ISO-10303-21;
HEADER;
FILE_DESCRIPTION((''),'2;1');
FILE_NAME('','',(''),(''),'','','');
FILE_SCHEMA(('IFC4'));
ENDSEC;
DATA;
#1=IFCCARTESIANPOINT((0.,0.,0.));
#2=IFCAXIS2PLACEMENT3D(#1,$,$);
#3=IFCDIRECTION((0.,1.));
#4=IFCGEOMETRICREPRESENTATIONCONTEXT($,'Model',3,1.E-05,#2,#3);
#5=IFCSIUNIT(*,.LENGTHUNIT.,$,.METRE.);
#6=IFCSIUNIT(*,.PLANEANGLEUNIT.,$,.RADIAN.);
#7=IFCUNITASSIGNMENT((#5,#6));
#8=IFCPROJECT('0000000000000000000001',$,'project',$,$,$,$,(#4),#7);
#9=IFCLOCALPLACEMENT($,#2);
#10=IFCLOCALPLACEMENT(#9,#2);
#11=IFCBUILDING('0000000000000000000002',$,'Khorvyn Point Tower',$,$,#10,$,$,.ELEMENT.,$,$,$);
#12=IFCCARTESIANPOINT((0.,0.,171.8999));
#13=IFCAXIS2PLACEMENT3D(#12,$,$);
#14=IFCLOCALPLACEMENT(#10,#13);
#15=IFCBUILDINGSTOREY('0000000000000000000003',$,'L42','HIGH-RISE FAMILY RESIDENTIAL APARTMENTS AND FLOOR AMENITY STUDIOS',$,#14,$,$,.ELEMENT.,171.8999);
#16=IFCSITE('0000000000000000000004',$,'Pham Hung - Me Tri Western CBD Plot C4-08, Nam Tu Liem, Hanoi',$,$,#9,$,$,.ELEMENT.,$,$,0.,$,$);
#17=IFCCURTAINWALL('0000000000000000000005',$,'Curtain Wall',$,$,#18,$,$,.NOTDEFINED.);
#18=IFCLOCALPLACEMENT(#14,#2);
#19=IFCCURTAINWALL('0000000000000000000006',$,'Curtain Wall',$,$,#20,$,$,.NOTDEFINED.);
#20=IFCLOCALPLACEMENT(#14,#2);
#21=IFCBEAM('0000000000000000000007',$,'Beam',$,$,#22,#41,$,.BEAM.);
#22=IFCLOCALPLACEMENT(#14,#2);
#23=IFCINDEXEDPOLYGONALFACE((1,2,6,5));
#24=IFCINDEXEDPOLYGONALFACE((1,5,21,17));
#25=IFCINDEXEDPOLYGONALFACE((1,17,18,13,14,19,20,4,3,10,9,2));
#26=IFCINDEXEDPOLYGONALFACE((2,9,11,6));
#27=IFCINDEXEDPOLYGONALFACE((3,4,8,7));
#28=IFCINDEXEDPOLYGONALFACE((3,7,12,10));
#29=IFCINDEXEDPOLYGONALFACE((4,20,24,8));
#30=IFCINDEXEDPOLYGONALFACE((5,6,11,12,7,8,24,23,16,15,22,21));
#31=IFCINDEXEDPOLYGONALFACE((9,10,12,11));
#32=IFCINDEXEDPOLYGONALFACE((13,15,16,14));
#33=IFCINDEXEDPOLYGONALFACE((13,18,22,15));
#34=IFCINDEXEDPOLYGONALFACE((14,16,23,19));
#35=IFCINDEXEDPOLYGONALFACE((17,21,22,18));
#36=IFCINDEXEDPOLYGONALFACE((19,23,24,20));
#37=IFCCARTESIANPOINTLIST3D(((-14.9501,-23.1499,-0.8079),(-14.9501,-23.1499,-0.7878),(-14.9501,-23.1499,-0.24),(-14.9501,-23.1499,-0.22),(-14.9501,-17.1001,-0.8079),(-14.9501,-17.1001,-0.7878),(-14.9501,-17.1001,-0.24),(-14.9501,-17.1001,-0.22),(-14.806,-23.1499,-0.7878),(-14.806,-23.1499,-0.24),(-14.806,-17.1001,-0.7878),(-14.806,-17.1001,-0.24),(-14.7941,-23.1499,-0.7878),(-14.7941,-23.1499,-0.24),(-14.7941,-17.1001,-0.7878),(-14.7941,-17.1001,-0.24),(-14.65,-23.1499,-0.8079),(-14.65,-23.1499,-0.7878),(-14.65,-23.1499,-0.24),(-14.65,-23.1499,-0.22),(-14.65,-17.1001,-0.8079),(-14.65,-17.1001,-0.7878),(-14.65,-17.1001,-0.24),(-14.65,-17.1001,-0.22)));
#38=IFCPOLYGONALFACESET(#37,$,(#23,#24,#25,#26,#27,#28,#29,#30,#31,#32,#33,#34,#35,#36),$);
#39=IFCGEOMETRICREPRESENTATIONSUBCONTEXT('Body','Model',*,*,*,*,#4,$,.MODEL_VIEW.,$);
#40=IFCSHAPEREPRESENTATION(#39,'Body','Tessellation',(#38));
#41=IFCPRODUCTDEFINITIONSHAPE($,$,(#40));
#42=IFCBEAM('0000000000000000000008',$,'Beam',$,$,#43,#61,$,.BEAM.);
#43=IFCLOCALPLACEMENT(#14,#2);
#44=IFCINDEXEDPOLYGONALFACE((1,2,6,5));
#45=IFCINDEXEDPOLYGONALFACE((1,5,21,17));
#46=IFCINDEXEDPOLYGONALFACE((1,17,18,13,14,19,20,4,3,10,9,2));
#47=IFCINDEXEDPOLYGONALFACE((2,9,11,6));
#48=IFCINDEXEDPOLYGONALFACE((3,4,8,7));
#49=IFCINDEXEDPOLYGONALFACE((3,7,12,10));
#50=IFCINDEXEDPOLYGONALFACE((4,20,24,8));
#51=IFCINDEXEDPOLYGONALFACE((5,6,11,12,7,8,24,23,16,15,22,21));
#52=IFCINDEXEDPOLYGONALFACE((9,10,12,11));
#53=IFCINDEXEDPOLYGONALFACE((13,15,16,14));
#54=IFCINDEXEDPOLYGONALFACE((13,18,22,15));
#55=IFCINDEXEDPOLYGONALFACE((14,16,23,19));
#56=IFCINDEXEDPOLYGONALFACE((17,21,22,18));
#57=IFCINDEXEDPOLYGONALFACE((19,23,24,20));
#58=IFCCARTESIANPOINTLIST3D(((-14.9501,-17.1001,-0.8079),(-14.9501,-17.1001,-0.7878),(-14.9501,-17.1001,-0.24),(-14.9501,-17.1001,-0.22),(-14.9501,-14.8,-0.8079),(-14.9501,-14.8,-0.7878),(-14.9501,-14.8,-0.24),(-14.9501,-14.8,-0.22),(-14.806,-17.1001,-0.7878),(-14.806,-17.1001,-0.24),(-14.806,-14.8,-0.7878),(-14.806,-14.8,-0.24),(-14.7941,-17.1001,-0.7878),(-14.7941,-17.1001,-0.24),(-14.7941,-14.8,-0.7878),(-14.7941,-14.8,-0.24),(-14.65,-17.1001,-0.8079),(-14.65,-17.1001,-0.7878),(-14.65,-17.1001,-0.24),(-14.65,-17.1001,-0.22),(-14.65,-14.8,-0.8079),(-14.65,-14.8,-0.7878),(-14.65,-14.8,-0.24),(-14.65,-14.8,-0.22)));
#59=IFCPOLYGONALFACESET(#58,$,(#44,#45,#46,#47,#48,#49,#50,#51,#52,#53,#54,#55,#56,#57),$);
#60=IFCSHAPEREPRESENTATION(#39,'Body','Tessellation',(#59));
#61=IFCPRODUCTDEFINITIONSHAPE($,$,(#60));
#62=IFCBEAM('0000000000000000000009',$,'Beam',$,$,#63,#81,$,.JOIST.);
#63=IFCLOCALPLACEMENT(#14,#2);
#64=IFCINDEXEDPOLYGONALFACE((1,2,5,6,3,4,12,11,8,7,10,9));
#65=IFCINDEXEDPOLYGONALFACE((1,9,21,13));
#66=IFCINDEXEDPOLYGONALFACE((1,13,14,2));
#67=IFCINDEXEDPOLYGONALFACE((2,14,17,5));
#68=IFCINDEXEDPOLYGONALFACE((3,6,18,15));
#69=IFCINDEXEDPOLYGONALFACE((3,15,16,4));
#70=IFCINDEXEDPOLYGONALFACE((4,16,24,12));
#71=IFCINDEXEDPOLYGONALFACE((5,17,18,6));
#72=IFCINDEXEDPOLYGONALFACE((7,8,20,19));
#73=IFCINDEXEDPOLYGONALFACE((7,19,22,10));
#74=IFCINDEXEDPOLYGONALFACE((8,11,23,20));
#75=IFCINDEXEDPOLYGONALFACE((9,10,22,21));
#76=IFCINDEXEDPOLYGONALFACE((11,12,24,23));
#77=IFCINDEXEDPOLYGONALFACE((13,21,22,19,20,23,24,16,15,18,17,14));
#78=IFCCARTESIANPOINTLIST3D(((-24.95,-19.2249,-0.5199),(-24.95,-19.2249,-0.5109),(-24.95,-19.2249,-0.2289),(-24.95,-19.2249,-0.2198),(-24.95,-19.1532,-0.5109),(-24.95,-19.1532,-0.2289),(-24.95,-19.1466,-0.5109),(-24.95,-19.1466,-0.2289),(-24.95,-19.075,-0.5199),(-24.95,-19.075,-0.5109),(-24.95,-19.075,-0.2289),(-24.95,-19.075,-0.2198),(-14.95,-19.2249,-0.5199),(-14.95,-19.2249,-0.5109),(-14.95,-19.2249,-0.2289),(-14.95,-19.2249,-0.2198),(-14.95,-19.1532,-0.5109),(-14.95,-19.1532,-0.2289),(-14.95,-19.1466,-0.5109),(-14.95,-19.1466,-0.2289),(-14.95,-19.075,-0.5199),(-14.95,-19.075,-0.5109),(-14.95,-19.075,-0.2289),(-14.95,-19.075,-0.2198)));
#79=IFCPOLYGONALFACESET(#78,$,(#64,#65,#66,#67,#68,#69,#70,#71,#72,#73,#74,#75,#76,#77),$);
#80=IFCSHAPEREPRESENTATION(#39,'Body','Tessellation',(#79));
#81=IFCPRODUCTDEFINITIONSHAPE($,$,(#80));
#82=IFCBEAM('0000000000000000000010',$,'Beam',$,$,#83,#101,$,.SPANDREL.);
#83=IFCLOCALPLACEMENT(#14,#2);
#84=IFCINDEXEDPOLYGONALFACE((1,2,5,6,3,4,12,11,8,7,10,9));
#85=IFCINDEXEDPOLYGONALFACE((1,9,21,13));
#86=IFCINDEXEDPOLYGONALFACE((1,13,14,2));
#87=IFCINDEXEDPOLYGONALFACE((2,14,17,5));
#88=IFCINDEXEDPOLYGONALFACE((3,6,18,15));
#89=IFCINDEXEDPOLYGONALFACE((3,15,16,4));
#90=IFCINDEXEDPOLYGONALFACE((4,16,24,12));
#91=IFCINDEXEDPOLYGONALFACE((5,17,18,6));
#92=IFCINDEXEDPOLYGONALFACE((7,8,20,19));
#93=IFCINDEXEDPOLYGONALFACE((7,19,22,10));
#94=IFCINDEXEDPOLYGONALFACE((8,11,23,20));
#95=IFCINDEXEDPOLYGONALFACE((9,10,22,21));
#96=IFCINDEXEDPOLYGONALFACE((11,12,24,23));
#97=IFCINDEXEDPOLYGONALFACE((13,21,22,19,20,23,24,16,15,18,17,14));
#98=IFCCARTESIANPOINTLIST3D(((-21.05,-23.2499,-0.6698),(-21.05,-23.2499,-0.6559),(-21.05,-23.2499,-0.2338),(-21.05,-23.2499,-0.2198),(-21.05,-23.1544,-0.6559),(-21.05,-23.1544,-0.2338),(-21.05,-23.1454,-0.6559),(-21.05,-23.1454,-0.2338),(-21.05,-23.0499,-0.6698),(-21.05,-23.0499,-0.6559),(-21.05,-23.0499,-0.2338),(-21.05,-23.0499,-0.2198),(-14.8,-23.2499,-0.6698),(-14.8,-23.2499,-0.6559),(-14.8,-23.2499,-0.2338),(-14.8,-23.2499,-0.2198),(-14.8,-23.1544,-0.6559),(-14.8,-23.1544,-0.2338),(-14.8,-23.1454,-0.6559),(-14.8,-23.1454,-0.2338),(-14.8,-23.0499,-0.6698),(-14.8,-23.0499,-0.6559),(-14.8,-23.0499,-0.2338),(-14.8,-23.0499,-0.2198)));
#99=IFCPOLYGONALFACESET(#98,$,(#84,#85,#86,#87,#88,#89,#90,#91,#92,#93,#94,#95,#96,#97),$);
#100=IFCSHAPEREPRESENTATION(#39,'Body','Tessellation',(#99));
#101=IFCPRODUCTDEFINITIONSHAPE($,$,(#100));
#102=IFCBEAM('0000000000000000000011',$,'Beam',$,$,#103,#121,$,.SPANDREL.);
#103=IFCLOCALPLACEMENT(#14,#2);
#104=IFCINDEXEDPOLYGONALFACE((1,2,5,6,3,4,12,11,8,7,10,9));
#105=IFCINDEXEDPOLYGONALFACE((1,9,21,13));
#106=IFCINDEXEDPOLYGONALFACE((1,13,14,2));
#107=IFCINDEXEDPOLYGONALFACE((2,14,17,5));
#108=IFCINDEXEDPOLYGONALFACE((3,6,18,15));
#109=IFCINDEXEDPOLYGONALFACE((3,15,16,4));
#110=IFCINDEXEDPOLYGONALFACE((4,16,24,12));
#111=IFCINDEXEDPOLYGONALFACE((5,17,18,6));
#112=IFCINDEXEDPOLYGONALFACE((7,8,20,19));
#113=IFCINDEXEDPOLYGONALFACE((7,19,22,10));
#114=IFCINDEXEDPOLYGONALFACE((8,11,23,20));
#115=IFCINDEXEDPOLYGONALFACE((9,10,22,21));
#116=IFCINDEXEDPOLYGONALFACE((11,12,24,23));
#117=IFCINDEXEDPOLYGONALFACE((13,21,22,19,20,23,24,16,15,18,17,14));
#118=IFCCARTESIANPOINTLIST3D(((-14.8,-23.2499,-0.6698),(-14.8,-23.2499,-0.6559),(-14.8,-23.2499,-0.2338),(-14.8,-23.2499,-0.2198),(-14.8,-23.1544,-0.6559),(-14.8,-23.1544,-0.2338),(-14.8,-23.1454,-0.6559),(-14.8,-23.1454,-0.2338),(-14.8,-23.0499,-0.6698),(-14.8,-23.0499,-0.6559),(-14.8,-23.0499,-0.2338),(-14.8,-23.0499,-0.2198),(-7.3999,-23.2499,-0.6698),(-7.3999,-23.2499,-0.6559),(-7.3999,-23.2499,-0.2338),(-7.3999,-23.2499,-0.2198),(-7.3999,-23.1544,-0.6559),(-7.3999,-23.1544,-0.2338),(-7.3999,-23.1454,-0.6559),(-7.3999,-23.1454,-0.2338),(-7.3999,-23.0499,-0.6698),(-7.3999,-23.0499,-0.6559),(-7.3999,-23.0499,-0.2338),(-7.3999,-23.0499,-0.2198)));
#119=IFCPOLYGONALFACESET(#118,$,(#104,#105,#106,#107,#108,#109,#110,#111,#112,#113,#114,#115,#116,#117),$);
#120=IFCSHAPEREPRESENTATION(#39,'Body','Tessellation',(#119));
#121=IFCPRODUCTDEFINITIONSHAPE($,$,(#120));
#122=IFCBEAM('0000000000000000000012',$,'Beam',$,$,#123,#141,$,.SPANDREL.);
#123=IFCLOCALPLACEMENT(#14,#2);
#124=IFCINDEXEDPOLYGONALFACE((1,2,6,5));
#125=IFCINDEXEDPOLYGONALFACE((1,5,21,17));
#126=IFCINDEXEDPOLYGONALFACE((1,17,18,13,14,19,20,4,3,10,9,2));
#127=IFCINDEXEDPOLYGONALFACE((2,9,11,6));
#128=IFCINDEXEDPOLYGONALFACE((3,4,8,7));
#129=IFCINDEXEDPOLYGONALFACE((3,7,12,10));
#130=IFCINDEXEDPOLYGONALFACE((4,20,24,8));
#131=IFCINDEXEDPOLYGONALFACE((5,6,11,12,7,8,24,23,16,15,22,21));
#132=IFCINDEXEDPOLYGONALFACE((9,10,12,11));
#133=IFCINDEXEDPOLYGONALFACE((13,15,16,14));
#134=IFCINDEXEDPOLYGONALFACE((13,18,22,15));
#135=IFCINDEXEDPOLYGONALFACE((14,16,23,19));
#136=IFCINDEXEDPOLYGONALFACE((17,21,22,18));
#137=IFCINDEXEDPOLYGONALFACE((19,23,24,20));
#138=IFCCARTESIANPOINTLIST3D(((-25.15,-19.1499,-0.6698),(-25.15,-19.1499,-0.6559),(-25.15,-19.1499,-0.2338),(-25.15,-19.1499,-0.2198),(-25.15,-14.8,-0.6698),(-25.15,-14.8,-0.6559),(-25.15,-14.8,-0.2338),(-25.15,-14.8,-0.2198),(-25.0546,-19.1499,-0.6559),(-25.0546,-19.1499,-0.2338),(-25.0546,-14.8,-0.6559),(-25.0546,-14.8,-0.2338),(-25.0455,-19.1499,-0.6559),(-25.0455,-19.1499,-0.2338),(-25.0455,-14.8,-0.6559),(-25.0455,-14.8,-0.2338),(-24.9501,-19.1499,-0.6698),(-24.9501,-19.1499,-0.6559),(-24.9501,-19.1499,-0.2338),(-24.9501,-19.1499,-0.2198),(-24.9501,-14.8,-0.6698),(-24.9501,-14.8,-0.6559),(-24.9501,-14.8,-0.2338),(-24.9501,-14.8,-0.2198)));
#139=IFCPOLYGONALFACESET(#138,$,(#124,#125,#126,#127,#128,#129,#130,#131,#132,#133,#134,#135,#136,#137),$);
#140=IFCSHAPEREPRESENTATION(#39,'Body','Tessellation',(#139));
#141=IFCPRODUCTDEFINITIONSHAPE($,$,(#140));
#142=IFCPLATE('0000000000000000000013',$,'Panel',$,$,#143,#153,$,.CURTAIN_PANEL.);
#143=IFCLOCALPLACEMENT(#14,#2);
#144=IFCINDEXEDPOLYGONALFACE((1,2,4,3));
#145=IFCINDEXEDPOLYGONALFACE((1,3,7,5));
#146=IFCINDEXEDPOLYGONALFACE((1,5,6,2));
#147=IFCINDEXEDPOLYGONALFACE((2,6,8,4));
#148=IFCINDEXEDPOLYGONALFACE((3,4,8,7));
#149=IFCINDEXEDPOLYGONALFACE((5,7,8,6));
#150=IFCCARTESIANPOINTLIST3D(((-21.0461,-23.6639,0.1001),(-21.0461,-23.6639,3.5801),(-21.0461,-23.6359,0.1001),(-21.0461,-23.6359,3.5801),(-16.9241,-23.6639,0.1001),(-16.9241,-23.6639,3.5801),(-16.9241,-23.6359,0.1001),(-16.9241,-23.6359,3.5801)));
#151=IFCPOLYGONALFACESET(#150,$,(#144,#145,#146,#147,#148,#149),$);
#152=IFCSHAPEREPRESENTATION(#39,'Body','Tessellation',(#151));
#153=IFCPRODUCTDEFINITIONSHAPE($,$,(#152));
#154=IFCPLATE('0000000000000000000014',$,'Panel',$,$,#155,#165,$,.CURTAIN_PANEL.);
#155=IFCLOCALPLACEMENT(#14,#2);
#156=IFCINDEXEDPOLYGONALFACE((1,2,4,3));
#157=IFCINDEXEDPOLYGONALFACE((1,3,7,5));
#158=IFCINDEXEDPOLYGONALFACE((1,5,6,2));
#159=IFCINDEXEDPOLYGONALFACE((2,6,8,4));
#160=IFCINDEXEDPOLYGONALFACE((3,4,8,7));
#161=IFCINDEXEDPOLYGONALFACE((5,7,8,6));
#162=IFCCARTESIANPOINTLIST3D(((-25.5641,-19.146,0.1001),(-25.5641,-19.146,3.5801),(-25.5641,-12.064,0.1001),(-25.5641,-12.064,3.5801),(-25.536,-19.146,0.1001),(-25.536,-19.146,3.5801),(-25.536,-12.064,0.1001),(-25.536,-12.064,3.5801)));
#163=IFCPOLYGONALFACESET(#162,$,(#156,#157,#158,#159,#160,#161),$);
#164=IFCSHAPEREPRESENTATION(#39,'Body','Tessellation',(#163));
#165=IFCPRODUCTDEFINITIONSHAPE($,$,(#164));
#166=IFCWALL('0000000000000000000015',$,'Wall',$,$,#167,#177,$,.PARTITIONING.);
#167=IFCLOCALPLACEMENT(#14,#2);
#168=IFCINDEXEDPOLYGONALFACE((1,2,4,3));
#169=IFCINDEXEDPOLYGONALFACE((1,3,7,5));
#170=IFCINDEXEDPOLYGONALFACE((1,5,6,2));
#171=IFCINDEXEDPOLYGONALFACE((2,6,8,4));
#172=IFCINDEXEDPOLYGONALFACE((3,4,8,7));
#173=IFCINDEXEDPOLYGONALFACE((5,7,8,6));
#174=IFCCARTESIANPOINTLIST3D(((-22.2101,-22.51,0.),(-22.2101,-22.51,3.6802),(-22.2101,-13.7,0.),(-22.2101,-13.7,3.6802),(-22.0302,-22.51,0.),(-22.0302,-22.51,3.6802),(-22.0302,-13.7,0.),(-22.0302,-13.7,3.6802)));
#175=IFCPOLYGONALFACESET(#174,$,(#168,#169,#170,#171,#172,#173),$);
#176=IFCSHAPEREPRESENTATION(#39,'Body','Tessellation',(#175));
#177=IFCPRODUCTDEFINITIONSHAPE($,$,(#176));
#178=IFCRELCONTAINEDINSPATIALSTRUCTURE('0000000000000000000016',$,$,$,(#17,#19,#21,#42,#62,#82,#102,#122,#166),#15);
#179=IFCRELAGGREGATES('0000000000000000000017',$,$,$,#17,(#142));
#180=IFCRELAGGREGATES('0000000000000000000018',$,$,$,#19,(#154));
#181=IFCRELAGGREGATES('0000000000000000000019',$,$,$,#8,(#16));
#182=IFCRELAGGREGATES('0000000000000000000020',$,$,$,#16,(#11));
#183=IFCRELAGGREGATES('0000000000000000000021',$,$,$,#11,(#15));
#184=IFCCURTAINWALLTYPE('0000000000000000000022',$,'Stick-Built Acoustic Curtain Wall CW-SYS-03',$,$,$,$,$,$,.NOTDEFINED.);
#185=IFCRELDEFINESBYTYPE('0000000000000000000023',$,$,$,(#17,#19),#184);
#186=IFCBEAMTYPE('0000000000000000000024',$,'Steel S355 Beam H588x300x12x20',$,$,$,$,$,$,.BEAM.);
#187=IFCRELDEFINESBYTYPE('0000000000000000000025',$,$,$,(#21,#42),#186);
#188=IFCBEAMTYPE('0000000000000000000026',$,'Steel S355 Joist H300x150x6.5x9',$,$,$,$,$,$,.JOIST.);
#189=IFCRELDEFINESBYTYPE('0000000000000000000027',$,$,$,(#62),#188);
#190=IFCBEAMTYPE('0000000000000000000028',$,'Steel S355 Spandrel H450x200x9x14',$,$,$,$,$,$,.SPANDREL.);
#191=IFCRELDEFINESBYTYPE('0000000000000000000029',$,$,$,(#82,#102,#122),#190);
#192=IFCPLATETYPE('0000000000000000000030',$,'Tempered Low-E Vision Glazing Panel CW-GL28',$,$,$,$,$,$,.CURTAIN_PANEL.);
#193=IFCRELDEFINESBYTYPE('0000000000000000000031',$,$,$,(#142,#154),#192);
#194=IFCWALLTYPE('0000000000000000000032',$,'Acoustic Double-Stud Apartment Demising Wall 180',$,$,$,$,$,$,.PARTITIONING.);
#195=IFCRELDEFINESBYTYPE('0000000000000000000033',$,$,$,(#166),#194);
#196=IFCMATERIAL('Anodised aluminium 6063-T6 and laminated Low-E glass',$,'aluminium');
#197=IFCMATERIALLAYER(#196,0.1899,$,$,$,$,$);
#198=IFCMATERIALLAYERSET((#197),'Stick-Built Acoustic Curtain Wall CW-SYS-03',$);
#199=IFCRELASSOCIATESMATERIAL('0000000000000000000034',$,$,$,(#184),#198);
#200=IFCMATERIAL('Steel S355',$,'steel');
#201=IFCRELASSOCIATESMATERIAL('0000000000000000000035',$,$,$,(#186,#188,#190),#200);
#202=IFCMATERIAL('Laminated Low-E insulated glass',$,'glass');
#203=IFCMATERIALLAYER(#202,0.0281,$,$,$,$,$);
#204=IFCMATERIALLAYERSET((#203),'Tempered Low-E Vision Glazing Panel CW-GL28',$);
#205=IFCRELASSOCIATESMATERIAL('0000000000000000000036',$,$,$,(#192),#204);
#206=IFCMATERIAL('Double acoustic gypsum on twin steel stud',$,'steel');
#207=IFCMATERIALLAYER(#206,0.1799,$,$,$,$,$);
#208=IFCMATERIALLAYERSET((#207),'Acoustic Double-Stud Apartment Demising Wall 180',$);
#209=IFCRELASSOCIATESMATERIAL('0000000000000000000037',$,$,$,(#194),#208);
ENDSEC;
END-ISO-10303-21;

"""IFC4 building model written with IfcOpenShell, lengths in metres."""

from ifc_helpers import new_model, si_unit, direction, frame, frame_2d, origin, origin_2d, place, context, subcontext, project, spatial, rectangle, i_section, extrude, material, layer, layer_set, material_profile, profile_set, type_object, element, aggregate, save


model = new_model("IFC4")

# Units and contexts
model_context = context("Model", 3, precision=1e-05, world=origin(), true_north=direction((0.0, 1.0)))
body_context = subcontext(model_context, "Body", "Model", "MODEL_VIEW")
ifc_project = project(units=[si_unit("LENGTHUNIT", "METRE"), si_unit("PLANEANGLEUNIT", "RADIAN")], contexts=[model_context])

# Site, building, storey
site_placement = place(None, origin())
site = spatial("IfcSite", under=ifc_project, at=site_placement, Name="Pham Hung - Me Tri Western CBD Plot C4-08, Nam Tu Liem, Hanoi", CompositionType="ELEMENT", RefElevation=0.0)
building_placement = place(site_placement, origin())
building = spatial("IfcBuilding", under=site, at=building_placement, Name="Khorvyn Point Tower", CompositionType="ELEMENT")
storey_placement = place(building_placement, frame((0.0, 0.0, 171.8999)))
storey = spatial("IfcBuildingStorey", under=building, at=storey_placement, Name="L42", Description="HIGH-RISE FAMILY RESIDENTIAL APARTMENTS AND FLOOR AMENITY STUDIOS", CompositionType="ELEMENT", Elevation=171.8999)

# Curtain wall
ifc_material_1 = material(Name="Anodised aluminium 6063-T6 and laminated Low-E glass", Category="aluminium")
ifc_layer_1 = layer(ifc_material_1, 0.1899)
ifc_layer_set_1 = layer_set([ifc_layer_1], Name="Stick-Built Acoustic Curtain Wall CW-SYS-03")
curtain_wall_type = type_object("IfcCurtainWallType", Name="Stick-Built Acoustic Curtain Wall CW-SYS-03", PredefinedType="NOTDEFINED", material=ifc_layer_set_1)
curtain_wall_1_placement = place(storey_placement, origin())
curtain_wall_1 = element("IfcCurtainWall", 1, at=curtain_wall_1_placement, inside=storey, type_object=curtain_wall_type, Name="Curtain Wall", PredefinedType="NOTDEFINED")

# Curtain wall
curtain_wall_2_placement = place(storey_placement, origin())
curtain_wall_2 = element("IfcCurtainWall", 2, at=curtain_wall_2_placement, inside=storey, type_object=curtain_wall_type, Name="Curtain Wall", PredefinedType="NOTDEFINED")

# Beams
ifc_material_2 = material(Name="Steel S355", Category="steel")
ifc_material_profile_1 = material_profile(ifc_material_2, i_section(OverallWidth=0.3, OverallDepth=0.5879, WebThickness=0.012, FlangeThickness=0.02, at=origin_2d()))
ifc_profile_set_1 = profile_set([ifc_material_profile_1], Name="Steel S355 H588x300x12x20")
beam_type_1 = type_object("IfcBeamType", Name="Steel S355 Beam H588x300x12x20", PredefinedType="BEAM", material=ifc_profile_set_1)
beam_1_placement = place(storey_placement, frame((-14.8, -23.1499, -0.5139), z_axis=(0.0, 1.0, 0.0), x_axis=(-1.0, 0.0, 0.0)))
element("IfcBeam", 3, at=beam_1_placement, inside=storey, type_object=beam_type_1, Name="Beam", PredefinedType="BEAM", context=body_context, shape_type="SweptSolid", body=[
    extrude(i_section(OverallWidth=0.3, OverallDepth=0.5879, WebThickness=0.012, FlangeThickness=0.02, at=origin_2d()), origin(), (0.0, 0.0, 1.0), 6.0498),
])
beam_2_placement = place(storey_placement, frame((-14.8, -17.1001, -0.5139), z_axis=(0.0, 1.0, 0.0), x_axis=(-1.0, 0.0, 0.0)))
element("IfcBeam", 4, at=beam_2_placement, inside=storey, type_object=beam_type_1, Name="Beam", PredefinedType="BEAM", context=body_context, shape_type="SweptSolid", body=[
    extrude(i_section(OverallWidth=0.3, OverallDepth=0.5879, WebThickness=0.012, FlangeThickness=0.02, at=origin_2d()), origin(), (0.0, 0.0, 1.0), 2.3),
])
ifc_material_profile_2 = material_profile(ifc_material_2, i_section(OverallWidth=0.1499, OverallDepth=0.3, WebThickness=0.0066, FlangeThickness=0.009, at=origin_2d()))
ifc_profile_set_2 = profile_set([ifc_material_profile_2], Name="Steel S355 H300x150x6.5x9")
beam_type_2 = type_object("IfcBeamType", Name="Steel S355 Joist H300x150x6.5x9", PredefinedType="JOIST", material=ifc_profile_set_2)
beam_3_placement = place(storey_placement, frame((-24.95, -19.1499, -0.3699), z_axis=(1.0, 0.0, 0.0), x_axis=(0.0, 1.0, 0.0)))
element("IfcBeam", 5, at=beam_3_placement, inside=storey, type_object=beam_type_2, Name="Beam", PredefinedType="JOIST", context=body_context, shape_type="SweptSolid", body=[
    extrude(i_section(OverallWidth=0.1499, OverallDepth=0.3, WebThickness=0.0066, FlangeThickness=0.009, at=origin_2d()), origin(), (0.0, 0.0, 1.0), 10.0),
])
ifc_material_profile_3 = material_profile(ifc_material_2, i_section(OverallWidth=0.2, OverallDepth=0.45, WebThickness=0.009, FlangeThickness=0.0139, at=origin_2d()))
ifc_profile_set_3 = profile_set([ifc_material_profile_3], Name="Steel S355 H450x200x9x14")
beam_type_3 = type_object("IfcBeamType", Name="Steel S355 Spandrel H450x200x9x14", PredefinedType="SPANDREL", material=ifc_profile_set_3)
beam_4_placement = place(storey_placement, frame((-21.05, -23.1499, -0.4448), z_axis=(1.0, 0.0, 0.0), x_axis=(0.0, 1.0, 0.0)))
element("IfcBeam", 6, at=beam_4_placement, inside=storey, type_object=beam_type_3, Name="Beam", PredefinedType="SPANDREL", context=body_context, shape_type="SweptSolid", body=[
    extrude(i_section(OverallWidth=0.2, OverallDepth=0.45, WebThickness=0.009, FlangeThickness=0.0139, at=origin_2d()), origin(), (0.0, 0.0, 1.0), 6.25),
])
beam_5_placement = place(storey_placement, frame((-14.8, -23.1499, -0.4448), z_axis=(1.0, 0.0, 0.0), x_axis=(0.0, 1.0, 0.0)))
element("IfcBeam", 7, at=beam_5_placement, inside=storey, type_object=beam_type_3, Name="Beam", PredefinedType="SPANDREL", context=body_context, shape_type="SweptSolid", body=[
    extrude(i_section(OverallWidth=0.2, OverallDepth=0.45, WebThickness=0.009, FlangeThickness=0.0139, at=origin_2d()), origin(), (0.0, 0.0, 1.0), 7.4001),
])
beam_6_placement = place(storey_placement, frame((-25.05, -19.1499, -0.4448), z_axis=(0.0, 1.0, 0.0), x_axis=(-1.0, 0.0, 0.0)))
element("IfcBeam", 8, at=beam_6_placement, inside=storey, type_object=beam_type_3, Name="Beam", PredefinedType="SPANDREL", context=body_context, shape_type="SweptSolid", body=[
    extrude(i_section(OverallWidth=0.2, OverallDepth=0.45, WebThickness=0.009, FlangeThickness=0.0139, at=origin_2d()), origin(), (0.0, 0.0, 1.0), 4.3499),
])

# Plates
ifc_material_3 = material(Name="Laminated Low-E insulated glass", Category="glass")
ifc_layer_2 = layer(ifc_material_3, 0.0281)
ifc_layer_set_2 = layer_set([ifc_layer_2], Name="Tempered Low-E Vision Glazing Panel CW-GL28")
plate_type = type_object("IfcPlateType", Name="Tempered Low-E Vision Glazing Panel CW-GL28", PredefinedType="CURTAIN_PANEL", material=ifc_layer_set_2)
plate_1_placement = place(storey_placement, frame((-18.9851, -23.6499, 0.1001), z_axis=(0.0, 0.0, 1.0), x_axis=(-1.0, 0.0, 0.0)))
plate_1 = element("IfcPlate", 9, at=plate_1_placement, type_object=plate_type, Name="Panel", PredefinedType="CURTAIN_PANEL", context=body_context, shape_type="SweptSolid", body=[
    extrude(rectangle(XDim=4.1221, YDim=0.0281, at=origin_2d()), origin(), (0.0, 0.0, 1.0), 3.48),
])
aggregate(curtain_wall_1, [plate_1])
plate_2_placement = place(storey_placement, frame((-25.55, -15.605, 0.1001), z_axis=(0.0, 0.0, 1.0), x_axis=(0.0, 1.0, 0.0)))
plate_2 = element("IfcPlate", 10, at=plate_2_placement, type_object=plate_type, Name="Panel", PredefinedType="CURTAIN_PANEL", context=body_context, shape_type="SweptSolid", body=[
    extrude(rectangle(XDim=7.082, YDim=0.0281, at=origin_2d()), origin(), (0.0, 0.0, 1.0), 3.48),
])
aggregate(curtain_wall_2, [plate_2])

# Wall
ifc_material_4 = material(Name="Double acoustic gypsum on twin steel stud", Category="steel")
ifc_layer_3 = layer(ifc_material_4, 0.1799)
ifc_layer_set_3 = layer_set([ifc_layer_3], Name="Acoustic Double-Stud Apartment Demising Wall 180")
wall_type_1 = type_object("IfcWallType", Name="Acoustic Double-Stud Apartment Demising Wall 180", PredefinedType="PARTITIONING", material=ifc_layer_set_3)
wall_1_placement = place(storey_placement, frame((-22.1201, -22.51, 0.0), z_axis=(0.0, 0.0, 1.0), x_axis=(0.0, 1.0, 0.0)))
element("IfcWall", 11, at=wall_1_placement, inside=storey, type_object=wall_type_1, Name="Wall", PredefinedType="PARTITIONING", context=body_context, shape_type="SweptSolid", body=[
    extrude(rectangle(XDim=8.8101, YDim=0.1799, at=frame_2d((4.405, 0.0))), origin(), (0.0, 0.0, 1.0), 3.6802),
])

save(model, "model.ifc")
